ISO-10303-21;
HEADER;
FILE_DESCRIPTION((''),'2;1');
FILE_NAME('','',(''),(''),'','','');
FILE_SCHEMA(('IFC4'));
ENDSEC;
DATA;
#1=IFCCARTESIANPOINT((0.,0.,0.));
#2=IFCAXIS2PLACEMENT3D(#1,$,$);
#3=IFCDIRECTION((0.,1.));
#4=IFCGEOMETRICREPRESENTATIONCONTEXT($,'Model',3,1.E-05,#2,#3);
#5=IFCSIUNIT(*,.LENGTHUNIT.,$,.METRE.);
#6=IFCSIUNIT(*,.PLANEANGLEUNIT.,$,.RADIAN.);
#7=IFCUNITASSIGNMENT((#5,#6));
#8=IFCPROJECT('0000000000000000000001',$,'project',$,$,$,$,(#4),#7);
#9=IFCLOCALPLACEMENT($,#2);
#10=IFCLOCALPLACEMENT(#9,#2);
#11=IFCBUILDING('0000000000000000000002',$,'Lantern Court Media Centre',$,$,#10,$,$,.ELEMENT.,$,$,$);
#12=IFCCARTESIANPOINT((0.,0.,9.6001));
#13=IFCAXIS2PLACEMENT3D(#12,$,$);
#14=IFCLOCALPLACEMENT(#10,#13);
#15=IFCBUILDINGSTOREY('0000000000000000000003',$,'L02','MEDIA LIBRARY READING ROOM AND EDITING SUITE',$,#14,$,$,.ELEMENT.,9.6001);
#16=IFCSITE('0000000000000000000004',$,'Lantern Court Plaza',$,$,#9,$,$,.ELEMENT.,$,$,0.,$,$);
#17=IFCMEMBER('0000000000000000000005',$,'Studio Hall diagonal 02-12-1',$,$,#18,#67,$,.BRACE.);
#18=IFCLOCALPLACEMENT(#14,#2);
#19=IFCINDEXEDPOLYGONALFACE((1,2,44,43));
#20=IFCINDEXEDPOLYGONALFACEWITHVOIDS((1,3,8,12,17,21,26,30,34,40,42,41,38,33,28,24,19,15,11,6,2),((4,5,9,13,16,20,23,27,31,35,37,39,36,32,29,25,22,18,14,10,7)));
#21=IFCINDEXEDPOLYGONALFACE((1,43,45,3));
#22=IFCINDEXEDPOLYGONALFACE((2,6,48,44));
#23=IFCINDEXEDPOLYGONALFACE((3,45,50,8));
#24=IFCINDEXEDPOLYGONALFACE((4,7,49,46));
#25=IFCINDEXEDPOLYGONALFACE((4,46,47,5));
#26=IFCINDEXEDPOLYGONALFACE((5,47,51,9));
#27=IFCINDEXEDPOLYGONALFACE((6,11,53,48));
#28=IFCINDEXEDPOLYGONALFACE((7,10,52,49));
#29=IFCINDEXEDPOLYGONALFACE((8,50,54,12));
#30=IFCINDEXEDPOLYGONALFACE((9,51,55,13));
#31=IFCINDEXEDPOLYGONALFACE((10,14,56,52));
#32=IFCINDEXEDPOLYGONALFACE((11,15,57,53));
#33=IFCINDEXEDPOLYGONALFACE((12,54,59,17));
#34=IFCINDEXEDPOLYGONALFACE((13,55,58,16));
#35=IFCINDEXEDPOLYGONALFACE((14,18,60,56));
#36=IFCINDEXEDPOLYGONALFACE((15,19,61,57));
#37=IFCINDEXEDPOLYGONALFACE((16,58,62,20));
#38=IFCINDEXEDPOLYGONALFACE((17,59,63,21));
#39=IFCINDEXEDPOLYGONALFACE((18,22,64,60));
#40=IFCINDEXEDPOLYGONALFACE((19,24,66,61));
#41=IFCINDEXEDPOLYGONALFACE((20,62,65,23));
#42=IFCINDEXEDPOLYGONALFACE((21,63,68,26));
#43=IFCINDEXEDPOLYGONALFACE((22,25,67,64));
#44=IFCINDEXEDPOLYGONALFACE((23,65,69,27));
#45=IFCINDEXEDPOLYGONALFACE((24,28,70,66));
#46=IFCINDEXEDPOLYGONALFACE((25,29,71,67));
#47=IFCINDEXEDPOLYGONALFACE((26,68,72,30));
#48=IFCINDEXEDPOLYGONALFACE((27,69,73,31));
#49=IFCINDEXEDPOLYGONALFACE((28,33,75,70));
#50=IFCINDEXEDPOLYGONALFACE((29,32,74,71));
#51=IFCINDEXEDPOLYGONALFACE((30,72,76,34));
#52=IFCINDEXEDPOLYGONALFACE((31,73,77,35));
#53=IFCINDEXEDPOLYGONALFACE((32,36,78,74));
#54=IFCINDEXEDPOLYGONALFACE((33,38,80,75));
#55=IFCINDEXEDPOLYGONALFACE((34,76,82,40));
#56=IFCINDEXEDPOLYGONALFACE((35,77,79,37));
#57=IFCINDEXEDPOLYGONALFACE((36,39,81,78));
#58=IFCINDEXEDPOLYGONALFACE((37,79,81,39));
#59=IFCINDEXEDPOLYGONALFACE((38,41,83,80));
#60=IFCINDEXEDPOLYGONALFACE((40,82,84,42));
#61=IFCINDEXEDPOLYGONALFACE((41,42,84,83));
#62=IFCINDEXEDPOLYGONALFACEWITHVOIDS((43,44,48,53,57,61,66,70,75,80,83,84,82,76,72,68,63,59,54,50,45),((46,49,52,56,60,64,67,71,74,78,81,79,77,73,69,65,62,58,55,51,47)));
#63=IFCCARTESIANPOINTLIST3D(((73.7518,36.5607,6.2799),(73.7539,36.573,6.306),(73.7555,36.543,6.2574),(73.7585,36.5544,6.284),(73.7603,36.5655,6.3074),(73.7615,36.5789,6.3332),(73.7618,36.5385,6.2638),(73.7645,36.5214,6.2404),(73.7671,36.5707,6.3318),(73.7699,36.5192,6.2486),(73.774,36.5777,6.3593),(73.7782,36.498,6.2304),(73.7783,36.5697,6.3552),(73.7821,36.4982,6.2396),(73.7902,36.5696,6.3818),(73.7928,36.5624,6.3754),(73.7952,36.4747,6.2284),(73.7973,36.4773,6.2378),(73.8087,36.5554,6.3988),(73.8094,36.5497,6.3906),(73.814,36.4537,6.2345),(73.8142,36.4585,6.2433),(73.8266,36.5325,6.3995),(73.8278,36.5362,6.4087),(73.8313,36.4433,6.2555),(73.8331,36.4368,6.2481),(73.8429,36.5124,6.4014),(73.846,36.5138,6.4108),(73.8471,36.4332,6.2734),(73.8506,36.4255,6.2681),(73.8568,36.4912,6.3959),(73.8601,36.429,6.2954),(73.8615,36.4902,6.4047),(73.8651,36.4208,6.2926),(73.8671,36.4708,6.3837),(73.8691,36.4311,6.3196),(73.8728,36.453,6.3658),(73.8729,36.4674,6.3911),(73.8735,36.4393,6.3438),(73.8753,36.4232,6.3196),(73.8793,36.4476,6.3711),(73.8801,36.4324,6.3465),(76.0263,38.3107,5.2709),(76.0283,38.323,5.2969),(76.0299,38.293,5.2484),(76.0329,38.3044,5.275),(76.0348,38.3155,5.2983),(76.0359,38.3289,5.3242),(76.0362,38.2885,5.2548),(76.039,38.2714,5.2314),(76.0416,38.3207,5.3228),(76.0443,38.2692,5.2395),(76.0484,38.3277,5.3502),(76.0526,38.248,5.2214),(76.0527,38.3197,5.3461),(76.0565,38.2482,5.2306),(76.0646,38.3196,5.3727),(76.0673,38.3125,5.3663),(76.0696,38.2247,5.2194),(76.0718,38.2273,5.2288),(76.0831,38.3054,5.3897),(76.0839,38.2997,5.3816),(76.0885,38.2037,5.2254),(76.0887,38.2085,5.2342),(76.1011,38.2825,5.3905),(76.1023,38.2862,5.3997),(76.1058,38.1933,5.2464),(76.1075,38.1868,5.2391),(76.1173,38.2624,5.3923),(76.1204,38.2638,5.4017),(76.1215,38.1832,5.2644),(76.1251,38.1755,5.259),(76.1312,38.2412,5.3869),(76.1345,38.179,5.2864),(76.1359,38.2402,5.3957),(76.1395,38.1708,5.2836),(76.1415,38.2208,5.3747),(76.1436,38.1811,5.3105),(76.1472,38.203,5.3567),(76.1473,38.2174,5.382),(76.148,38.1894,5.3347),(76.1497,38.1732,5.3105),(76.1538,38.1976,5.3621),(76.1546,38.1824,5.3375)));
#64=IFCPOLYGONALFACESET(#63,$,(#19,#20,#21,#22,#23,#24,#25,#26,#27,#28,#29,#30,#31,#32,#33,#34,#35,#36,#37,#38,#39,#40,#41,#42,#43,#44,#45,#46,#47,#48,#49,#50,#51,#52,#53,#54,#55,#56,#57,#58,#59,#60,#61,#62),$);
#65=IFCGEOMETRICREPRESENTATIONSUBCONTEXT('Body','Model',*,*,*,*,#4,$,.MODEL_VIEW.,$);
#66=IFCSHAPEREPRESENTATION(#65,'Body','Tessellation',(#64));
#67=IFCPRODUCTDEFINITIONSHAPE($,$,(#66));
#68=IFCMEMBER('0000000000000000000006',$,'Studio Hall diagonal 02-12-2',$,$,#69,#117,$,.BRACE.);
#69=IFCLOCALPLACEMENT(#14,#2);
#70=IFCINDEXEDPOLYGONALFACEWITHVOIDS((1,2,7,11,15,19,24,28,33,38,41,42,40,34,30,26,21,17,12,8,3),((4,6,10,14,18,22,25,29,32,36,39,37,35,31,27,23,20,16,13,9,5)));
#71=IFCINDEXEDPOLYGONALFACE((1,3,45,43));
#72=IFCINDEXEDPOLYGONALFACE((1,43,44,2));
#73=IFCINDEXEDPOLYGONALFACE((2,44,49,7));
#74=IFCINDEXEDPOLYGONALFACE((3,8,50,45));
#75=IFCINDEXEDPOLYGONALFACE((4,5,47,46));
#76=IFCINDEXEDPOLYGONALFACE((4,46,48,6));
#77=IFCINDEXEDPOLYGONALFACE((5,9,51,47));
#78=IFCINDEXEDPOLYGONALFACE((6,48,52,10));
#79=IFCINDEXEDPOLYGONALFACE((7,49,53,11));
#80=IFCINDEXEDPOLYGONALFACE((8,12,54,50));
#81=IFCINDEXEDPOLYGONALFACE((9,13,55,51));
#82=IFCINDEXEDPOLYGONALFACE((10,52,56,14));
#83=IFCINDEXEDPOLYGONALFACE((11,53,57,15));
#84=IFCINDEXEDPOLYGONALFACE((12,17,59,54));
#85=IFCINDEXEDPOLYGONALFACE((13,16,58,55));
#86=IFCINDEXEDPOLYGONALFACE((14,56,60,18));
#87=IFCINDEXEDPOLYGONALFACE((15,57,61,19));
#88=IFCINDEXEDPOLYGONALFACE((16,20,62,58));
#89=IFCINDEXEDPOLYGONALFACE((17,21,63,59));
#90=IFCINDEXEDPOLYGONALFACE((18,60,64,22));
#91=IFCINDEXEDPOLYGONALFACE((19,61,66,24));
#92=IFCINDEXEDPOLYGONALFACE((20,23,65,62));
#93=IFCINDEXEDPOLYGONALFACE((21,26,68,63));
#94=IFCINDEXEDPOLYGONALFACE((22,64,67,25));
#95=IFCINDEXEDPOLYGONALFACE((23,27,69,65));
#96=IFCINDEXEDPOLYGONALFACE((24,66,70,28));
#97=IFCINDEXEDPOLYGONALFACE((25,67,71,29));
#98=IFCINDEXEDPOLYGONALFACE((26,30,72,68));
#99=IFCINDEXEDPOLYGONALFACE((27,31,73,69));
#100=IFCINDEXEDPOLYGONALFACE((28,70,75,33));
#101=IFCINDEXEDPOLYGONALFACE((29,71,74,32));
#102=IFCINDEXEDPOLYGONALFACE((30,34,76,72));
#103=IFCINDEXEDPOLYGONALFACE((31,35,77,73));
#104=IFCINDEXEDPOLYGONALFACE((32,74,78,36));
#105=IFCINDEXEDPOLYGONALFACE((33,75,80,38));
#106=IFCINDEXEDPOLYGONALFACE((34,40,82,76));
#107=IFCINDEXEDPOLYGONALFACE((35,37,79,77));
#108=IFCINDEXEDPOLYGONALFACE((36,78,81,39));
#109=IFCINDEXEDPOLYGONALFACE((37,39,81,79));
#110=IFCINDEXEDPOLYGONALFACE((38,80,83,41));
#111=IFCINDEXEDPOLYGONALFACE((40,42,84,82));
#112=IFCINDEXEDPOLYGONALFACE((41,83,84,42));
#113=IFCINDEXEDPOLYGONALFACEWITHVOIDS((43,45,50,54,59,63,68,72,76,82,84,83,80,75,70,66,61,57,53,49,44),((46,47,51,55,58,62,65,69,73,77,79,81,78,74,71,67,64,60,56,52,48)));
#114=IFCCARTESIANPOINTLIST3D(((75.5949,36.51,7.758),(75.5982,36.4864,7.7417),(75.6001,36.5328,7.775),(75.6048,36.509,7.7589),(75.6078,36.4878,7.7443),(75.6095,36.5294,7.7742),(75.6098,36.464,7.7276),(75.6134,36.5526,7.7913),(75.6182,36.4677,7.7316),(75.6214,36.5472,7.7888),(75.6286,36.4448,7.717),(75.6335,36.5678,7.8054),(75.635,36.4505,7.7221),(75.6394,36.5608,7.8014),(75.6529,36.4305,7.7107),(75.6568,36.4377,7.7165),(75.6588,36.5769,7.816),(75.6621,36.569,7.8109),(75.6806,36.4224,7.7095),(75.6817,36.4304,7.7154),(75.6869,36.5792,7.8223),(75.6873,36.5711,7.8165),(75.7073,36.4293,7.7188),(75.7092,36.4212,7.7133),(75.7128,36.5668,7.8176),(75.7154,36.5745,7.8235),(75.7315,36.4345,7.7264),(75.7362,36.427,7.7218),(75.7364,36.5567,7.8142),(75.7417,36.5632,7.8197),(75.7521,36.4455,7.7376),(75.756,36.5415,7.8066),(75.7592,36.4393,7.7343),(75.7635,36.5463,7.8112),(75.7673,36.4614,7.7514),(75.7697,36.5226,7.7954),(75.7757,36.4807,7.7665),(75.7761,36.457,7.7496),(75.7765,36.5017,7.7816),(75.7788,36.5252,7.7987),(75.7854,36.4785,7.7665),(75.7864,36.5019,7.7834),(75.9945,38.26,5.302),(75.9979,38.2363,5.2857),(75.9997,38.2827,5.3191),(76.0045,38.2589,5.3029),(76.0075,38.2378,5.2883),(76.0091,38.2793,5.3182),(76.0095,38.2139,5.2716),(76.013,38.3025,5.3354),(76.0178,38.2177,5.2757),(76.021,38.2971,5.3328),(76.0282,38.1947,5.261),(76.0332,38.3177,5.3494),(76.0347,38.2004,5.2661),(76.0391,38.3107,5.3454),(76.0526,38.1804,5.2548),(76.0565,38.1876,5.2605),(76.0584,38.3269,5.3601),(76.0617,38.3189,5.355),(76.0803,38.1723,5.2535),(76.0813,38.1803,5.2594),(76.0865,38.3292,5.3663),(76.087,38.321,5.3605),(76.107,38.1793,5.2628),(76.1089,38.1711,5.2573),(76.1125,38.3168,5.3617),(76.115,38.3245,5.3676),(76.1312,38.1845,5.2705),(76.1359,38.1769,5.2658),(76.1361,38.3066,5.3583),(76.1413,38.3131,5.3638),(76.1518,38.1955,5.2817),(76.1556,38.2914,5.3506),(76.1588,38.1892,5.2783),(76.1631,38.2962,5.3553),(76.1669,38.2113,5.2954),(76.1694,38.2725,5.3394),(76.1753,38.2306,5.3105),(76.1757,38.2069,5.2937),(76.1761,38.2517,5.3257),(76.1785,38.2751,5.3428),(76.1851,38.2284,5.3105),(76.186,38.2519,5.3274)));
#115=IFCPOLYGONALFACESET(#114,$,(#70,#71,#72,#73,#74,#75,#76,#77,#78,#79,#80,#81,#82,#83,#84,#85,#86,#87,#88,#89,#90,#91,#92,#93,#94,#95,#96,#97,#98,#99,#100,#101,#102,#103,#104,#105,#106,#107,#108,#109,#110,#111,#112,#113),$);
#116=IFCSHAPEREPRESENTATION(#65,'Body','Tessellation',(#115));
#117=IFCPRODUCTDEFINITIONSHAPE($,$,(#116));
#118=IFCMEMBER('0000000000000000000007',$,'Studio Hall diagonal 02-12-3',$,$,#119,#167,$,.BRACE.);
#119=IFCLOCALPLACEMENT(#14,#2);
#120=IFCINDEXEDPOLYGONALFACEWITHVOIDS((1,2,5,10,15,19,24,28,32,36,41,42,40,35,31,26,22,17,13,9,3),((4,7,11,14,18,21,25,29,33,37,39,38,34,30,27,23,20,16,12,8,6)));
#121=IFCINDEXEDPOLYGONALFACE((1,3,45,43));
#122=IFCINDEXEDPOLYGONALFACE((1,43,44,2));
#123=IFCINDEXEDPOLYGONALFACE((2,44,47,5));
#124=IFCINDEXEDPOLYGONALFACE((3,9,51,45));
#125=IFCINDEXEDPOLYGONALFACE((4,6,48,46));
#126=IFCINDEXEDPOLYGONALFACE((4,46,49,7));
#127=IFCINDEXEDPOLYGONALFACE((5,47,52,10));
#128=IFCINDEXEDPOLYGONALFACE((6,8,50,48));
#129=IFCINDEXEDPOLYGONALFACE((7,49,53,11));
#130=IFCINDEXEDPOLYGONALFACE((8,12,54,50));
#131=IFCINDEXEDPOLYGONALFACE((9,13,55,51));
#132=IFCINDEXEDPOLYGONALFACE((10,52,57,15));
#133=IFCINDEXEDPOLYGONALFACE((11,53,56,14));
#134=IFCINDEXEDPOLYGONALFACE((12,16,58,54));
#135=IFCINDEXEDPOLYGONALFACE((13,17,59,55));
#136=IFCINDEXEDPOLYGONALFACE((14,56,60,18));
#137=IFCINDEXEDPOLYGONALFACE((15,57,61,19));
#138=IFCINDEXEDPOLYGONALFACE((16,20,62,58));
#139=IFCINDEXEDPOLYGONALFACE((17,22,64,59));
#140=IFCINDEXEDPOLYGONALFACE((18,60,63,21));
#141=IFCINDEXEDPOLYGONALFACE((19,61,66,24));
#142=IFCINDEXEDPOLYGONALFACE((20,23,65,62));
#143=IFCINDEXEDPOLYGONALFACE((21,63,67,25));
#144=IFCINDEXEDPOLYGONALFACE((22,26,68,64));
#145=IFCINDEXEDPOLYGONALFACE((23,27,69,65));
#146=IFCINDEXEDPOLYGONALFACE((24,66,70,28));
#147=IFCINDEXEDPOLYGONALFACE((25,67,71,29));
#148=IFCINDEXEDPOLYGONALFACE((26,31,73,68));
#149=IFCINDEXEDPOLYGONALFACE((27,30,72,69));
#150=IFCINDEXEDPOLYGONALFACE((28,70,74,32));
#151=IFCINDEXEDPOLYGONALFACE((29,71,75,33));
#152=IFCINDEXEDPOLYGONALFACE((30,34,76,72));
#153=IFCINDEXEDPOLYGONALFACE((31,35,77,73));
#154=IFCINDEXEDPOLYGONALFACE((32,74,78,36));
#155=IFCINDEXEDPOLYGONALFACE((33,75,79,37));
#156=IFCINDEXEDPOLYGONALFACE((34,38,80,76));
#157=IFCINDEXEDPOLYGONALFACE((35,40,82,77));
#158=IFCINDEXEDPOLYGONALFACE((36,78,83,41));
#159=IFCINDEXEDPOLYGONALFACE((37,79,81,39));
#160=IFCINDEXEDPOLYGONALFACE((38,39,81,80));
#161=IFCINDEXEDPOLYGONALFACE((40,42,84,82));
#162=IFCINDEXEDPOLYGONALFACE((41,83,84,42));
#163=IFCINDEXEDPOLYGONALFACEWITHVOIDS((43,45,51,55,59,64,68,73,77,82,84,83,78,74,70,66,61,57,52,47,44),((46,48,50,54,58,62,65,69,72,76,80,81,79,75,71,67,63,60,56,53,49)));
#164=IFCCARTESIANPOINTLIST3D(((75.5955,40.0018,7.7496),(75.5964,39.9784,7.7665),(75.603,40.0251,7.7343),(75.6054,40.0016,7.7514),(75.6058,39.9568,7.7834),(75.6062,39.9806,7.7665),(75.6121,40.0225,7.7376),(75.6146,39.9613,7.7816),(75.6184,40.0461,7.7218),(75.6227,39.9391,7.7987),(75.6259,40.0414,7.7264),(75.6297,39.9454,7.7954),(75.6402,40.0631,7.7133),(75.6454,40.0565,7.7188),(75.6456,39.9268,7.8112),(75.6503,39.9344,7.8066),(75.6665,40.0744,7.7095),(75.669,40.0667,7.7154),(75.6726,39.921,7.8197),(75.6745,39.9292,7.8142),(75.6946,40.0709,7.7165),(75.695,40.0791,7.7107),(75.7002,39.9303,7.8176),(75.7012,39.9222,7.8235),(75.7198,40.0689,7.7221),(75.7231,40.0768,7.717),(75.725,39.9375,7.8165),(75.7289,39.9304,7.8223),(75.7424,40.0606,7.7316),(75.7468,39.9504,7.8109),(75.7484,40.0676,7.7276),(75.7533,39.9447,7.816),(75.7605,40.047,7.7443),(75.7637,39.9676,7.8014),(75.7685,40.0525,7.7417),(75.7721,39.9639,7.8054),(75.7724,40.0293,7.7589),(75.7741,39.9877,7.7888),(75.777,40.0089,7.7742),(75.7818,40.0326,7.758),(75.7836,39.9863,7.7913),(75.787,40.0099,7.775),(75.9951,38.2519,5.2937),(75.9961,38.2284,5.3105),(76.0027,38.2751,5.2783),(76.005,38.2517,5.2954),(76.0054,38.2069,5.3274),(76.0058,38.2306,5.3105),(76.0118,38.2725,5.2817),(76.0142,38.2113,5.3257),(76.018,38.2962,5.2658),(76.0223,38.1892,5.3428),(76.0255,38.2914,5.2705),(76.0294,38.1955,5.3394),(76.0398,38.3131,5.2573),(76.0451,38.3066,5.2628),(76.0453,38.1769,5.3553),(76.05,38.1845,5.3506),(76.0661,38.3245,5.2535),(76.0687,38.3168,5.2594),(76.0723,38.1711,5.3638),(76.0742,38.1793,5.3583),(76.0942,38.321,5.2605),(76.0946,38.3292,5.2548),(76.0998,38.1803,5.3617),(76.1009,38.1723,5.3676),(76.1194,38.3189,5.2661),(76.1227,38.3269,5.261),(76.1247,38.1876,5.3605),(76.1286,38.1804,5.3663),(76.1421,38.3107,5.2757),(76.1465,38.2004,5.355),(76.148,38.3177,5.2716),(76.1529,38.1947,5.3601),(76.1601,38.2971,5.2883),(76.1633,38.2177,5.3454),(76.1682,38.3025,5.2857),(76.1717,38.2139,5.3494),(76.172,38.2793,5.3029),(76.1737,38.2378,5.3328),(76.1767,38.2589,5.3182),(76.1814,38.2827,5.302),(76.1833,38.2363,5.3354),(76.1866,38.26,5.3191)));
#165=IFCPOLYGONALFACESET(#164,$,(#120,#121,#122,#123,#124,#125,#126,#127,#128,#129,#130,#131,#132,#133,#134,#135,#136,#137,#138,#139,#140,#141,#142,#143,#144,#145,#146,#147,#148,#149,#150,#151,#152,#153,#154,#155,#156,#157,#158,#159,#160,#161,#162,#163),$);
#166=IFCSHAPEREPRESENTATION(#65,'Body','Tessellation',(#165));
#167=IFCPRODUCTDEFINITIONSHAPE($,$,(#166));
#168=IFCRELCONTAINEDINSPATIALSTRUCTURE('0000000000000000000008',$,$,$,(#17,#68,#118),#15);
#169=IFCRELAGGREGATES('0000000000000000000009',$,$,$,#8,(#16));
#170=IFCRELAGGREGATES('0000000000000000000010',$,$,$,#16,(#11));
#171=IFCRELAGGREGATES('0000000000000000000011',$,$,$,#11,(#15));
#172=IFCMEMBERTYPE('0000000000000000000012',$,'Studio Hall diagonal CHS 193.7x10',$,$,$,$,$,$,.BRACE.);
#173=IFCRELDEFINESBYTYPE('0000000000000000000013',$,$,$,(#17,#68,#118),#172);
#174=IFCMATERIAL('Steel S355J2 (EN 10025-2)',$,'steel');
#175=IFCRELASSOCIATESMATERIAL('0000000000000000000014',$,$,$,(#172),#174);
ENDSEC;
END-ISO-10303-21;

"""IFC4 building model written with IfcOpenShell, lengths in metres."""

from ifc_helpers import new_model, si_unit, direction, frame, origin, origin_2d, place, context, subcontext, project, spatial, hollow_circle, extrude, material, material_profile, profile_set, type_object, element, save


model = new_model("IFC4")

# Units and contexts
model_context = context("Model", 3, precision=1e-05, world=origin(), true_north=direction((0.0, 1.0)))
body_context = subcontext(model_context, "Body", "Model", "MODEL_VIEW")
ifc_project = project(units=[si_unit("LENGTHUNIT", "METRE"), si_unit("PLANEANGLEUNIT", "RADIAN")], contexts=[model_context])

# Site, building, storey
site_placement = place(None, origin())
site = spatial("IfcSite", under=ifc_project, at=site_placement, Name="Lantern Court Plaza", CompositionType="ELEMENT", RefElevation=0.0)
building_placement = place(site_placement, origin())
building = spatial("IfcBuilding", under=site, at=building_placement, Name="Lantern Court Media Centre", CompositionType="ELEMENT")
storey_placement = place(building_placement, frame((0.0, 0.0, 9.6001)))
storey = spatial("IfcBuildingStorey", under=building, at=storey_placement, Name="L02", Description="MEDIA LIBRARY READING ROOM AND EDITING SUITE", CompositionType="ELEMENT", Elevation=9.6001)

# Members
ifc_material = material(Name="Steel S355J2 (EN 10025-2)", Category="steel")
ifc_material_profile_1 = material_profile(ifc_material, hollow_circle(Radius=0.0969, WallThickness=0.01, at=origin_2d()), Name="Studio Hall diagonal CHS 193.7x10")
ifc_profile_set_1 = profile_set([ifc_material_profile_1], Name="Steel S355J2 (EN 10025-2)")
member_type_1 = type_object("IfcMemberType", Name="Studio Hall diagonal CHS 193.7x10", PredefinedType="BRACE", material=ifc_profile_set_1)
for number, where, z_axis, x_axis, name in (
    (1, (76.0906, 38.25, 5.3105), (-0.747677, -0.575284, 0.331703), (0.609809, -0.792548, 0.0), "Studio Hall diagonal 02-12-1"),
    (2, (76.0906, 38.25, 5.3105), (-0.131375, -0.575259, 0.807352), (0.9749, -0.222644, 0.0), "Studio Hall diagonal 02-12-2"),
    (3, (76.0906, 38.25, 5.3105), (-0.131375, 0.575259, 0.807352), (-0.9749, -0.222644, 0.0), "Studio Hall diagonal 02-12-3"),
):
    element("IfcMember", number, at=place(storey_placement, frame(where, z_axis=z_axis, x_axis=x_axis)), inside=storey, type_object=member_type_1, Name=name, PredefinedType="BRACE", context=body_context, shape_type="SweptSolid", body=[
        extrude(hollow_circle(Radius=0.0969, WallThickness=0.01, at=origin_2d()), origin(), (0.0, 0.0, 1.0), 3.042),
    ])

save(model, "model.ifc")
